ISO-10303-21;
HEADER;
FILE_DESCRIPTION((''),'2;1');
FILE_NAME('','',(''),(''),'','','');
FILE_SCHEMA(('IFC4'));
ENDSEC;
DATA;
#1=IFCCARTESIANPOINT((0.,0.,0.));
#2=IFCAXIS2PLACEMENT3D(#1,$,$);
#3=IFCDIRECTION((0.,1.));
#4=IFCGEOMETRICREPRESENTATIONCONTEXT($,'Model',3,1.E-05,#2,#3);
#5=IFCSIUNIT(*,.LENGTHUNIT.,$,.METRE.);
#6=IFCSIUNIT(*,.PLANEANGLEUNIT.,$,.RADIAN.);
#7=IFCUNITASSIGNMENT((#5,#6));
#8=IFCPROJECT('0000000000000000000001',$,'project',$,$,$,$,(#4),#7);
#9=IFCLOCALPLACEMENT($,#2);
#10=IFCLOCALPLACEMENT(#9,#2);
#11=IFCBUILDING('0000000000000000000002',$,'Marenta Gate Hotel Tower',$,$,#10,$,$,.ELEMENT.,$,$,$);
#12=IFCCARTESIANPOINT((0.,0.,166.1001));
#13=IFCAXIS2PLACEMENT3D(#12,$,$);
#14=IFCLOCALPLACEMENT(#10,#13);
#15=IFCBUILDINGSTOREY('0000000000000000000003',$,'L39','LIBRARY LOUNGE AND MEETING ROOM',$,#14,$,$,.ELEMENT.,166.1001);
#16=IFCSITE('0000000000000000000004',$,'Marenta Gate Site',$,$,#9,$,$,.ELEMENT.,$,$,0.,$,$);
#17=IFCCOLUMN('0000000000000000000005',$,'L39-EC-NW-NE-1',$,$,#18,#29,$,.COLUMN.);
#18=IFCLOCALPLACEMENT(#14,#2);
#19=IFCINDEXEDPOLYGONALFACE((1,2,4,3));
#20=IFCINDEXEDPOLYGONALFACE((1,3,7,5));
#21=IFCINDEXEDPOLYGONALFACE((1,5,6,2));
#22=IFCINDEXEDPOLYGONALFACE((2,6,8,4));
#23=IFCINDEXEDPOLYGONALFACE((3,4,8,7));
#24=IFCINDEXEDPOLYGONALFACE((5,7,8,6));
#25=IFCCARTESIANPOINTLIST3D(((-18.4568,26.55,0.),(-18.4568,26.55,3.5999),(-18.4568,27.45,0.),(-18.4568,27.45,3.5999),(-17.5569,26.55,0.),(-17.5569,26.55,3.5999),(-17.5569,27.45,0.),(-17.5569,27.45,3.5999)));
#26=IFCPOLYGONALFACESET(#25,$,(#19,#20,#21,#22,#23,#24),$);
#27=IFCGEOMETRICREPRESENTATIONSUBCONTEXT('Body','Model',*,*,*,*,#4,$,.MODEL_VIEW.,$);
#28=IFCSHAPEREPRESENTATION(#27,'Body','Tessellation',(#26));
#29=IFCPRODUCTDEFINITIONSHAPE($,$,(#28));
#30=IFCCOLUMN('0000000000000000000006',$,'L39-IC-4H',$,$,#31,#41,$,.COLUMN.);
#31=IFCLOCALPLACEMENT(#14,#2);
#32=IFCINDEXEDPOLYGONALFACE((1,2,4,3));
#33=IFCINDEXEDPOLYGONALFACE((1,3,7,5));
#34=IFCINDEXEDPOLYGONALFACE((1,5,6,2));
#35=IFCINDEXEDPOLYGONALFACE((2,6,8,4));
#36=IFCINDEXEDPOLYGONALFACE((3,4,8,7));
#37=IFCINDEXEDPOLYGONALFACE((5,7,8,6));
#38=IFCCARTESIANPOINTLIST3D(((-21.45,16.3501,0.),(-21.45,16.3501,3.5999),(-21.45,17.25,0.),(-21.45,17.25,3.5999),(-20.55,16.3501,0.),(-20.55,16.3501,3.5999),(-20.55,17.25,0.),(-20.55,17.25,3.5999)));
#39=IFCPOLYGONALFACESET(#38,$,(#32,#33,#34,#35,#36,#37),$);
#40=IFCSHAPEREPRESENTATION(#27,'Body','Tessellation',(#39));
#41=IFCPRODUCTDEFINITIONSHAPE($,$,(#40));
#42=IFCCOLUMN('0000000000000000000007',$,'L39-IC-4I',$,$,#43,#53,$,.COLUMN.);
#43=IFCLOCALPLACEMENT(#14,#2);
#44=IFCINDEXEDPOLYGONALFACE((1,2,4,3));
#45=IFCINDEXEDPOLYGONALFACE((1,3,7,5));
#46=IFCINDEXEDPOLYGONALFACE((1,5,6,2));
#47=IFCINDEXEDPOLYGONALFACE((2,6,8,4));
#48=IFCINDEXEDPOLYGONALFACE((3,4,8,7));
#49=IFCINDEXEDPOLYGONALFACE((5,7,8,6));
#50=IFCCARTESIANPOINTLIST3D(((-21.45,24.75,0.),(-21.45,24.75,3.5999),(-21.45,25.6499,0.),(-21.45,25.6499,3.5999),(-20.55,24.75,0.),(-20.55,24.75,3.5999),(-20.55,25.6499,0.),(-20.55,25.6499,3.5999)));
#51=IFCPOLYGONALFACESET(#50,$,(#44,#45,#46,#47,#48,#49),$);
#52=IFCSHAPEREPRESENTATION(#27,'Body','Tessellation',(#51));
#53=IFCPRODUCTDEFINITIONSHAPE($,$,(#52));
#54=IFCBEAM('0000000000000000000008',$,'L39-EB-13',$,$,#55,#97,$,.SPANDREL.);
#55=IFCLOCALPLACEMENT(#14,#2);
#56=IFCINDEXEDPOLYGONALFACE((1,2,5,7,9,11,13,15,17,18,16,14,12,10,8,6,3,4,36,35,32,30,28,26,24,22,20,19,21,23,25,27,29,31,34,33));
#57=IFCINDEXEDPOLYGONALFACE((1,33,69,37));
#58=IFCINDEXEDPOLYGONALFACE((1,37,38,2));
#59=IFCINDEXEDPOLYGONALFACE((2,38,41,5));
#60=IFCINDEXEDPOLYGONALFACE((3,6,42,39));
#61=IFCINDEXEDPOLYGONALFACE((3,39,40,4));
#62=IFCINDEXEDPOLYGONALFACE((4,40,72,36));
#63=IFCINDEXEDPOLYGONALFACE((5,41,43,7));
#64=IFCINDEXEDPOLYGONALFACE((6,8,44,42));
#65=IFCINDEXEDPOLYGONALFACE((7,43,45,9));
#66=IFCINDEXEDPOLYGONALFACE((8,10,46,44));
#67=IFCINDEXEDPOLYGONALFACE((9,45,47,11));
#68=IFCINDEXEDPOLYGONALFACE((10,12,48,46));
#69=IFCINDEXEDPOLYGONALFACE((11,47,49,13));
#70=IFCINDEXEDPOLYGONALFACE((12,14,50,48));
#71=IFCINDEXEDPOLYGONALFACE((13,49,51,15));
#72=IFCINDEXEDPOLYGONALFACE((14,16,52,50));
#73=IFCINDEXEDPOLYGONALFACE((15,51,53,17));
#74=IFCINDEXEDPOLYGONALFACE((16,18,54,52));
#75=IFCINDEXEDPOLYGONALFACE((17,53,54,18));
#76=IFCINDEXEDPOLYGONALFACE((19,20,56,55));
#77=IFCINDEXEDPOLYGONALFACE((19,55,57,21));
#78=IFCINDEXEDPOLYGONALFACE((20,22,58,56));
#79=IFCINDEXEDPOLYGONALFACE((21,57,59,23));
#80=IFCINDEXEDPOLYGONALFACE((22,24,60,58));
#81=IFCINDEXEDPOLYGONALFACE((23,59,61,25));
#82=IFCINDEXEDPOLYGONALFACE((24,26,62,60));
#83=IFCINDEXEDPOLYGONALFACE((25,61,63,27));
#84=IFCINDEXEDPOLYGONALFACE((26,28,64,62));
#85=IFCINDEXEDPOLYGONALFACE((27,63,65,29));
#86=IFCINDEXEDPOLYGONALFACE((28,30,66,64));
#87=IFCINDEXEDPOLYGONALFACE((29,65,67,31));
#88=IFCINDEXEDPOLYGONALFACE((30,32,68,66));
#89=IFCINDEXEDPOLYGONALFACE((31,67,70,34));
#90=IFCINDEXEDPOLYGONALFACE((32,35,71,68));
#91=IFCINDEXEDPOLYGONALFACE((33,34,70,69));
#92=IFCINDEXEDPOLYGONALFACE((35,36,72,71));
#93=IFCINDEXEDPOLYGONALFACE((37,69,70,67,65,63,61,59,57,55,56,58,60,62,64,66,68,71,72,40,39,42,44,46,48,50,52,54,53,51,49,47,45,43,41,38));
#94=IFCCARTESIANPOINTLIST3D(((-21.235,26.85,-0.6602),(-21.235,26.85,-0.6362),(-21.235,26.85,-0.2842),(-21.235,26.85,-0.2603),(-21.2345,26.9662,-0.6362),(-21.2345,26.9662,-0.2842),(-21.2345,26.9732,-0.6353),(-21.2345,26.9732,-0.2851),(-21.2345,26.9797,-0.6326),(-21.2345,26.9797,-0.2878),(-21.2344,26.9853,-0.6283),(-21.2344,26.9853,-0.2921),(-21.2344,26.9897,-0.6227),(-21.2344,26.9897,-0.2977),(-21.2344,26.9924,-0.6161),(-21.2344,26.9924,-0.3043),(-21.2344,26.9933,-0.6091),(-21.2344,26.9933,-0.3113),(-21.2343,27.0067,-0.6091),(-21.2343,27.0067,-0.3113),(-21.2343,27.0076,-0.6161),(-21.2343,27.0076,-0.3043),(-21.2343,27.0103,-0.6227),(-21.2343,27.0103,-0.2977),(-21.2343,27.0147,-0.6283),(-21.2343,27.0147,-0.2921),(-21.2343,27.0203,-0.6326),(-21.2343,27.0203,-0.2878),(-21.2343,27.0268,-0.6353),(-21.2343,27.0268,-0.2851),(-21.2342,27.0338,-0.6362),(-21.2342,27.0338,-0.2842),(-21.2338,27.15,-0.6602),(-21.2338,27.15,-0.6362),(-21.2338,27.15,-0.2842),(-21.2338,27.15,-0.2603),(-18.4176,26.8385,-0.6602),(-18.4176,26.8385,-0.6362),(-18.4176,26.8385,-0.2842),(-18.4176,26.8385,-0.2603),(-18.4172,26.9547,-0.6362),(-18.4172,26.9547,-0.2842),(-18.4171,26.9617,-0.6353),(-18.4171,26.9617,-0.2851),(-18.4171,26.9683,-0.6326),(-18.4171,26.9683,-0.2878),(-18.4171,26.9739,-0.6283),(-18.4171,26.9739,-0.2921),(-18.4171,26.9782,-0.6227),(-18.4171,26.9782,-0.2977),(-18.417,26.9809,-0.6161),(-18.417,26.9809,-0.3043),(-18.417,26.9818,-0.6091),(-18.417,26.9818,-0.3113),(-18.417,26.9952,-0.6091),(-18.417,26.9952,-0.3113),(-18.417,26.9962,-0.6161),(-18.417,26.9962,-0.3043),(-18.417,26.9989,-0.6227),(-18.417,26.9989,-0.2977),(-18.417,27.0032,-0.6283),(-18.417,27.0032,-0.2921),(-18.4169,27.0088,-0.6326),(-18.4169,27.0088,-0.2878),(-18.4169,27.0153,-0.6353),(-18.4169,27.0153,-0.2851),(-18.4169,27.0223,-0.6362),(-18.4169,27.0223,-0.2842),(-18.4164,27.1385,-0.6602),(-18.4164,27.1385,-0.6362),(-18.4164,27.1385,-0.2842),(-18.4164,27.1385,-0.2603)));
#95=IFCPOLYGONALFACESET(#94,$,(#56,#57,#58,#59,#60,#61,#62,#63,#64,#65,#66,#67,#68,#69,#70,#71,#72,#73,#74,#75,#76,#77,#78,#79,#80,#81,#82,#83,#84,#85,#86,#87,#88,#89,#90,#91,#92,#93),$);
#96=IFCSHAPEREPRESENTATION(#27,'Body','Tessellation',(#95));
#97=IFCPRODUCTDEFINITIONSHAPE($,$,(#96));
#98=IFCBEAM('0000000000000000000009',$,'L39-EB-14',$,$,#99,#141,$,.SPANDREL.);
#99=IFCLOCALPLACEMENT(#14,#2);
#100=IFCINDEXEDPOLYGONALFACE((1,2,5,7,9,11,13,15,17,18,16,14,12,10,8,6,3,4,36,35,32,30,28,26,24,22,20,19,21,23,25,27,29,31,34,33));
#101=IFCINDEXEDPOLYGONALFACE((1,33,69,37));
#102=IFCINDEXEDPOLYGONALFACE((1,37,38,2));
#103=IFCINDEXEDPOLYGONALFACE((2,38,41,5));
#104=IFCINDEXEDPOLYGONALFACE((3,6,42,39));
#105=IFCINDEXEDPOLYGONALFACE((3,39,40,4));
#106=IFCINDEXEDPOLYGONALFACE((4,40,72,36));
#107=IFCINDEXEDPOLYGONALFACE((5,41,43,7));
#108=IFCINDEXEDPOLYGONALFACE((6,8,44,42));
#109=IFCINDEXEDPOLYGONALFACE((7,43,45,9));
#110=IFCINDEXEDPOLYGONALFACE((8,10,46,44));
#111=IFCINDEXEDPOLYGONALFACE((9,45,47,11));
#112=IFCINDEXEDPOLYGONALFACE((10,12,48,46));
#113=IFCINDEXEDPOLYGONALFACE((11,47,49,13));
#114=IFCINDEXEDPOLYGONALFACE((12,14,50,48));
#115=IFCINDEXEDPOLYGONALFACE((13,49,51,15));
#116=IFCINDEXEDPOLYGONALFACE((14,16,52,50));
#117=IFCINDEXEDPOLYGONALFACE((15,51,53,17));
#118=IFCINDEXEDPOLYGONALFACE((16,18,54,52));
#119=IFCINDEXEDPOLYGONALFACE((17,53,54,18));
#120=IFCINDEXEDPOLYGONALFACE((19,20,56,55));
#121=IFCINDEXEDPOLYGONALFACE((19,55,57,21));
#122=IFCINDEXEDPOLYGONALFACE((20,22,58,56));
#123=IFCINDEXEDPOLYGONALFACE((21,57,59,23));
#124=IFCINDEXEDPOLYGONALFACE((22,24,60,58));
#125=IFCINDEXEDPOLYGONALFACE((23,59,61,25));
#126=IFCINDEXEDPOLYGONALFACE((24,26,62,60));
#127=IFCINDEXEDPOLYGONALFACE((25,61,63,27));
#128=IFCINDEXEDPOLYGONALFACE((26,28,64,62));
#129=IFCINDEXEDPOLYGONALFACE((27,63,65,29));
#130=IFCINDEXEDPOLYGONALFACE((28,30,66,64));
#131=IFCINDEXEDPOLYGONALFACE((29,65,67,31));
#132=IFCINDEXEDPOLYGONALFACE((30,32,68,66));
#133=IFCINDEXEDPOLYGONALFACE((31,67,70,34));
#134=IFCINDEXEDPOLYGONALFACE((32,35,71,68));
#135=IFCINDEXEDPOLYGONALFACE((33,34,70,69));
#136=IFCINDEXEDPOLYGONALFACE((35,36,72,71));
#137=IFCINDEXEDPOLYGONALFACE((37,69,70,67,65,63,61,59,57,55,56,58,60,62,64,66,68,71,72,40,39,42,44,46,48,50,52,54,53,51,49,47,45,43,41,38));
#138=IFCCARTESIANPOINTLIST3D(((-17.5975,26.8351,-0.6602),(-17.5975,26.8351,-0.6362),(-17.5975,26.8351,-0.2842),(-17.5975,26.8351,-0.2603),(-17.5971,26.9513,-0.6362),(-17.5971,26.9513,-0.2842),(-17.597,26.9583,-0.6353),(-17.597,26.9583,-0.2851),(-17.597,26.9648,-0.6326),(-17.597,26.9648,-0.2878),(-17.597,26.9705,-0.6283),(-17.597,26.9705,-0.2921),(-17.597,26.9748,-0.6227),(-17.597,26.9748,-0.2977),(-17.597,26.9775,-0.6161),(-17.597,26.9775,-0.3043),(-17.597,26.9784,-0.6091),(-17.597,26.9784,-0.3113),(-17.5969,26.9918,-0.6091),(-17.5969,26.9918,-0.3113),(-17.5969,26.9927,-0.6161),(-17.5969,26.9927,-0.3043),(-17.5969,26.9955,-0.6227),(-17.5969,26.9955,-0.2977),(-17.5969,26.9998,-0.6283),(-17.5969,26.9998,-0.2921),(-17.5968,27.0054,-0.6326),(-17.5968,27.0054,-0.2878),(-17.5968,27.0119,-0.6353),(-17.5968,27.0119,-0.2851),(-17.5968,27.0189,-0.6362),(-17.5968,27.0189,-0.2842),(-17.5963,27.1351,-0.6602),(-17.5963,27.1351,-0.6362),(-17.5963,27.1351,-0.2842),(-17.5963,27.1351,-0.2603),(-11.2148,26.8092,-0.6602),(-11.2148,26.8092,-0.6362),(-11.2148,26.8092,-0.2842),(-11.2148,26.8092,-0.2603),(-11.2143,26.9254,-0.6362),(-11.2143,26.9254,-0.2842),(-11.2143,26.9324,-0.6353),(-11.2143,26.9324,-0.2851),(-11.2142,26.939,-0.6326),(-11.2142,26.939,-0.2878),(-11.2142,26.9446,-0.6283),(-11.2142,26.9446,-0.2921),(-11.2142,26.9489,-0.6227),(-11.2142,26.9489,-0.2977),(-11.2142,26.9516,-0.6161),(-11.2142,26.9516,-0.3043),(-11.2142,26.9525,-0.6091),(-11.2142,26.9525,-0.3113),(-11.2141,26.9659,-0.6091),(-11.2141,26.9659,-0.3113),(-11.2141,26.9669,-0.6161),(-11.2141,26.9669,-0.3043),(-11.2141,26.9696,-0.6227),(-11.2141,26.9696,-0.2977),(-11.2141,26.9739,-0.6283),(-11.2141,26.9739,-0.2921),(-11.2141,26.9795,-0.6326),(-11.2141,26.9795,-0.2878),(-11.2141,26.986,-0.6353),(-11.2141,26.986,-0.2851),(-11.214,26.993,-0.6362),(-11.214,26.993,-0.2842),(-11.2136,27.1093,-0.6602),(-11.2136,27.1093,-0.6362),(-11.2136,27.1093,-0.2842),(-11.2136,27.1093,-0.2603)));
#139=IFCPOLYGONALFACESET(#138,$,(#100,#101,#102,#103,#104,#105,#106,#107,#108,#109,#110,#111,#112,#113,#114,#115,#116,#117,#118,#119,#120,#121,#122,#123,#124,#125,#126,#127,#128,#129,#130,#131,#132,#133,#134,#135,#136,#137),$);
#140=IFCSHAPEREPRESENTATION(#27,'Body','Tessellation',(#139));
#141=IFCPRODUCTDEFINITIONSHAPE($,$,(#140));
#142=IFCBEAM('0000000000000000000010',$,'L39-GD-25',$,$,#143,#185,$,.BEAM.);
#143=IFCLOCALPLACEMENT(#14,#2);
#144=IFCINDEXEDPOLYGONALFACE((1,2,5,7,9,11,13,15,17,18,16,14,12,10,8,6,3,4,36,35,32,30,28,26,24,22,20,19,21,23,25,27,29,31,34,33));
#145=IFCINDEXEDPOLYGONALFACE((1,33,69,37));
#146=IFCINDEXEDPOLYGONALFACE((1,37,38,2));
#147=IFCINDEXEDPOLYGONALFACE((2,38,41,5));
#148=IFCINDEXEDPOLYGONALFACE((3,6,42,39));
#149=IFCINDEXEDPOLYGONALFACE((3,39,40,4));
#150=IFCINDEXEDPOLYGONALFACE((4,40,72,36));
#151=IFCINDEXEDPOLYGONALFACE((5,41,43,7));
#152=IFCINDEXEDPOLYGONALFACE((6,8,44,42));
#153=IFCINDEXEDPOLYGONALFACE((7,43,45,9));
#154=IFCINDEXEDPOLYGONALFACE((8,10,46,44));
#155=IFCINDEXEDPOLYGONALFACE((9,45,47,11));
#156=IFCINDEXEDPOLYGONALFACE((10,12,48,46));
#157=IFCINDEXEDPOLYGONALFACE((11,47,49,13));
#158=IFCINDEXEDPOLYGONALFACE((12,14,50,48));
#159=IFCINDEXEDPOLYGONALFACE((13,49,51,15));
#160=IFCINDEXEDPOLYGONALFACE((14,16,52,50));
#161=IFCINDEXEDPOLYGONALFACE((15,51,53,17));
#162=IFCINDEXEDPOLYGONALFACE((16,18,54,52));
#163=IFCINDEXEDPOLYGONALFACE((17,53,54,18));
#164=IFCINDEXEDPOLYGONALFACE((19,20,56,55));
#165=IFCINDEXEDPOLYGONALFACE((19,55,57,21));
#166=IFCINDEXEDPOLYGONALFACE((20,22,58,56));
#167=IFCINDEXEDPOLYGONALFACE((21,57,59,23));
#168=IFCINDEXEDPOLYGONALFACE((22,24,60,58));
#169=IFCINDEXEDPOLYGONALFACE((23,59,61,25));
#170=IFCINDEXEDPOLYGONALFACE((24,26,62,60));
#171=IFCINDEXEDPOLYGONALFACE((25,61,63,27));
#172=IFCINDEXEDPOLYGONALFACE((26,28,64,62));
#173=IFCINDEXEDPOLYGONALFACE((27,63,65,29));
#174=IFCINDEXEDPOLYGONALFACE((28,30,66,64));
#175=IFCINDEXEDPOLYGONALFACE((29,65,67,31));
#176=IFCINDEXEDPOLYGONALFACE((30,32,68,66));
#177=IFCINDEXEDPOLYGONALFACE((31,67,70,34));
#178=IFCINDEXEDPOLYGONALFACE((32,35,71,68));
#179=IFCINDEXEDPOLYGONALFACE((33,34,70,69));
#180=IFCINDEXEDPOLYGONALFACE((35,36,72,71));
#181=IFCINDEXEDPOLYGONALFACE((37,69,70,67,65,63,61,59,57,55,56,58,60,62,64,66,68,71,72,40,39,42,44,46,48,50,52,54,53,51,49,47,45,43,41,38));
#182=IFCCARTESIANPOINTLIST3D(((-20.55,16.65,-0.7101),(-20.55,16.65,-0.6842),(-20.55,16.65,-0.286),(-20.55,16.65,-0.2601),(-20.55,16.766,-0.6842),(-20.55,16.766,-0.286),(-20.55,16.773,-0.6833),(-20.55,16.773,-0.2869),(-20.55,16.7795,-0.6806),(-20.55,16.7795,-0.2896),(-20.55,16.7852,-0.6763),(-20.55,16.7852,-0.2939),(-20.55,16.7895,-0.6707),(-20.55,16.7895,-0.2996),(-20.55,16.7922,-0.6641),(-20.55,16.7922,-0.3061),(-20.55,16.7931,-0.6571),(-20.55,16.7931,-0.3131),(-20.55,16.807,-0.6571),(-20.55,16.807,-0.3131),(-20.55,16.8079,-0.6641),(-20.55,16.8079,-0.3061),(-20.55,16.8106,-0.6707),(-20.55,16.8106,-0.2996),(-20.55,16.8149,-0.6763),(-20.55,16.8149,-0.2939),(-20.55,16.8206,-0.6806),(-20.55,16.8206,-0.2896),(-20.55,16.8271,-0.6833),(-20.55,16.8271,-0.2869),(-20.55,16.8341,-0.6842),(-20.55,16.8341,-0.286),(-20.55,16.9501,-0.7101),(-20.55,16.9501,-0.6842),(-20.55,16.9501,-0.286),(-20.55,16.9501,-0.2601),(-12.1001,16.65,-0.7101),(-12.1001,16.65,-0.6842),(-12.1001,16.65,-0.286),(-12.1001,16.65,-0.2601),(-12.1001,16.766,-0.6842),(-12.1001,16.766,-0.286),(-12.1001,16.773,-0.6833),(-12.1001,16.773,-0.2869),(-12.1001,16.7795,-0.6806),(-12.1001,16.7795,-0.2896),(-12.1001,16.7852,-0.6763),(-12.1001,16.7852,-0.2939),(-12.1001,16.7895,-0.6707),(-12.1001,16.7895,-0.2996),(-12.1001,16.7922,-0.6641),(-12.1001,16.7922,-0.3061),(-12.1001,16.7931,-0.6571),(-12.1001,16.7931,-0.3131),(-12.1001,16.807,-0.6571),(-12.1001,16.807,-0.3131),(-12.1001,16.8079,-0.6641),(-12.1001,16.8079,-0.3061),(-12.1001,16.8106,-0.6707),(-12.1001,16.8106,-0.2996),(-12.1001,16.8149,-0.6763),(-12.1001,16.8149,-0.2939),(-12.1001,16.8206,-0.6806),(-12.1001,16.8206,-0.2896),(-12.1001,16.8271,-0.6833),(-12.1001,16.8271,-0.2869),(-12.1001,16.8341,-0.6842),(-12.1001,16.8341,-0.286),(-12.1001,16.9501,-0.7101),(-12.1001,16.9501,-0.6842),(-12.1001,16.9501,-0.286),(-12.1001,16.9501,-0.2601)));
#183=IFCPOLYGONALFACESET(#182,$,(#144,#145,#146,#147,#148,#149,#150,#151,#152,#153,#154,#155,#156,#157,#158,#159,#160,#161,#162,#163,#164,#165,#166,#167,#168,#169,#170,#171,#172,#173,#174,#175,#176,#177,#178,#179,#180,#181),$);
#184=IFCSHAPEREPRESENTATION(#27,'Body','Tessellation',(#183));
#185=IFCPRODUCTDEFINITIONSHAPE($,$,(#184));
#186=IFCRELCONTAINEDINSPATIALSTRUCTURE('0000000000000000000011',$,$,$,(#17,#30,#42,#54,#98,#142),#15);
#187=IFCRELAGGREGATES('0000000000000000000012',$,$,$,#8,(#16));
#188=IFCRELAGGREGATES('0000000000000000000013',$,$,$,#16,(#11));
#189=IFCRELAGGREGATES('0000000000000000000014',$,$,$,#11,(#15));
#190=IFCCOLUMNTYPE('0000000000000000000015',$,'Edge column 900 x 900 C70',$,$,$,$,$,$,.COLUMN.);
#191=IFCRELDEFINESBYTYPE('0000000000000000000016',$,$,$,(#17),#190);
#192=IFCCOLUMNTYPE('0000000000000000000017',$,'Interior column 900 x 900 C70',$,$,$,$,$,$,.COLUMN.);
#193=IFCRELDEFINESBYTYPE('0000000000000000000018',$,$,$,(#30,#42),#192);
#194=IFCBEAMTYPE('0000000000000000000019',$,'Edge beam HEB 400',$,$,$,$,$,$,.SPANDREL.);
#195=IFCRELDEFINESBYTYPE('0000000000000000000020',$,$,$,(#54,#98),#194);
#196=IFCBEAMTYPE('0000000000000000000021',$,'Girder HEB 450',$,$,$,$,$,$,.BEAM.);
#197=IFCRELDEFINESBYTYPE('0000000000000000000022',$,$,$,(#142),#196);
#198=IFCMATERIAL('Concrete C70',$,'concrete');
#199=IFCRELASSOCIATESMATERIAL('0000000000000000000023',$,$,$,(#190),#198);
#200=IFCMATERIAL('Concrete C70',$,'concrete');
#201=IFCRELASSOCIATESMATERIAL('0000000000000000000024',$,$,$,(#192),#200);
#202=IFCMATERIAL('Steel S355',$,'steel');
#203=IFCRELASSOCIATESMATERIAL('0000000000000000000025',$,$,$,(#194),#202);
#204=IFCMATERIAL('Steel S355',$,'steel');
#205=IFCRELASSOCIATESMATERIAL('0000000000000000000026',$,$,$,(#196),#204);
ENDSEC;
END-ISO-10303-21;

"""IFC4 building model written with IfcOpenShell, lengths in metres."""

from ifc_helpers import new_model, si_unit, direction, frame, origin, origin_2d, place, context, subcontext, project, spatial, rectangle, i_section, extrude, material, material_profile, profile_set, type_object, element, save


model = new_model("IFC4")

# Units and contexts
model_context = context("Model", 3, precision=1e-05, world=origin(), true_north=direction((0.0, 1.0)))
body_context = subcontext(model_context, "Body", "Model", "MODEL_VIEW")
ifc_project = project(units=[si_unit("LENGTHUNIT", "METRE"), si_unit("PLANEANGLEUNIT", "RADIAN")], contexts=[model_context])

# Site, building, storey
site_placement = place(None, origin())
site = spatial("IfcSite", under=ifc_project, at=site_placement, Name="Marenta Gate Site", CompositionType="ELEMENT", RefElevation=0.0)
building_placement = place(site_placement, origin())
building = spatial("IfcBuilding", under=site, at=building_placement, Name="Marenta Gate Hotel Tower", CompositionType="ELEMENT")
storey_placement = place(building_placement, frame((0.0, 0.0, 166.1001)))
storey = spatial("IfcBuildingStorey", under=building, at=storey_placement, Name="L39", Description="LIBRARY LOUNGE AND MEETING ROOM", CompositionType="ELEMENT", Elevation=166.1001)

# Columns
ifc_material_1 = material(Name="Concrete C70", Category="concrete")
ifc_material_profile_1 = material_profile(ifc_material_1, rectangle(XDim=0.8999, YDim=0.8999, at=origin_2d()), Name="900 x 900")
ifc_profile_set_1 = profile_set([ifc_material_profile_1], Name="Concrete C70")
column_type_1 = type_object("IfcColumnType", Name="Edge column 900 x 900 C70", PredefinedType="COLUMN", material=ifc_profile_set_1)
column_placement = place(storey_placement, frame((-18.0068, 27.0, 0.0), z_axis=(0.0, 0.0, 1.0), x_axis=(1.0, 0.0, 0.0)))
element("IfcColumn", 1, at=column_placement, inside=storey, type_object=column_type_1, Name="L39-EC-NW-NE-1", PredefinedType="COLUMN", context=body_context, shape_type="SweptSolid", body=[
    extrude(rectangle(XDim=0.8999, YDim=0.8999, at=origin_2d()), origin(), (0.0, 0.0, 1.0), 3.5999),
])
ifc_material_2 = material(Name="Concrete C70", Category="concrete")
ifc_material_profile_2 = material_profile(ifc_material_2, rectangle(XDim=0.8999, YDim=0.8999, at=origin_2d()), Name="900 x 900")
ifc_profile_set_2 = profile_set([ifc_material_profile_2], Name="Concrete C70")
column_type_2 = type_object("IfcColumnType", Name="Interior column 900 x 900 C70", PredefinedType="COLUMN", material=ifc_profile_set_2)
for number, where, z_axis, x_axis, name in (
    (2, (-21.0, 16.8, 0.0), (0.0, 0.0, 1.0), (1.0, 0.0, 0.0), "L39-IC-4H"),
    (3, (-21.0, 25.2, 0.0), (0.0, 0.0, 1.0), (1.0, 0.0, 0.0), "L39-IC-4I"),
):
    element("IfcColumn", number, at=place(storey_placement, frame(where, z_axis=z_axis, x_axis=x_axis)), inside=storey, type_object=column_type_2, Name=name, PredefinedType="COLUMN", context=body_context, shape_type="SweptSolid", body=[
        extrude(rectangle(XDim=0.8999, YDim=0.8999, at=origin_2d()), origin(), (0.0, 0.0, 1.0), 3.5999),
    ])

# Beams
ifc_material_3 = material(Name="Steel S355", Category="steel")
ifc_material_profile_3 = material_profile(ifc_material_3, i_section(OverallWidth=0.3, OverallDepth=0.3999, WebThickness=0.0134, FlangeThickness=0.0239, FilletRadius=0.0271, at=origin_2d()), Name="HEB 400")
ifc_profile_set_3 = profile_set([ifc_material_profile_3], Name="Steel S355")
beam_type_1 = type_object("IfcBeamType", Name="Edge beam HEB 400", PredefinedType="SPANDREL", material=ifc_profile_set_3)
beam_1_placement = place(storey_placement, frame((-21.2344, 27.0, -0.4602), z_axis=(0.999992, -0.004073, 0.0), x_axis=(0.004073, 0.999992, 0.0)))
element("IfcBeam", 4, at=beam_1_placement, inside=storey, type_object=beam_type_1, Name="L39-EB-13", PredefinedType="SPANDREL", context=body_context, shape_type="SweptSolid", body=[
    extrude(i_section(OverallWidth=0.3, OverallDepth=0.3999, WebThickness=0.0134, FlangeThickness=0.0239, FilletRadius=0.0271, at=origin_2d()), origin(), (0.0, 0.0, 1.0), 2.8174),
])
beam_2_placement = place(storey_placement, frame((-17.5969, 26.9851, -0.4602), z_axis=(0.999992, -0.004054, 0.0), x_axis=(0.004054, 0.999992, 0.0)))
element("IfcBeam", 5, at=beam_2_placement, inside=storey, type_object=beam_type_1, Name="L39-EB-14", PredefinedType="SPANDREL", context=body_context, shape_type="SweptSolid", body=[
    extrude(i_section(OverallWidth=0.3, OverallDepth=0.3999, WebThickness=0.0134, FlangeThickness=0.0239, FilletRadius=0.0271, at=origin_2d()), origin(), (0.0, 0.0, 1.0), 6.3828),
])
ifc_material_4 = material(Name="Steel S355", Category="steel")
ifc_material_profile_4 = material_profile(ifc_material_4, i_section(OverallWidth=0.3, OverallDepth=0.45, WebThickness=0.0139, FlangeThickness=0.0259, FilletRadius=0.0271, at=origin_2d()), Name="HEB 450")
ifc_profile_set_4 = profile_set([ifc_material_profile_4], Name="Steel S355")
beam_type_2 = type_object("IfcBeamType", Name="Girder HEB 450", PredefinedType="BEAM", material=ifc_profile_set_4)
beam_3_placement = place(storey_placement, frame((-20.55, 16.8, -0.4851), z_axis=(1.0, 0.0, 0.0), x_axis=(0.0, 1.0, 0.0)))
element("IfcBeam", 6, at=beam_3_placement, inside=storey, type_object=beam_type_2, Name="L39-GD-25", PredefinedType="BEAM", context=body_context, shape_type="SweptSolid", body=[
    extrude(i_section(OverallWidth=0.3, OverallDepth=0.45, WebThickness=0.0139, FlangeThickness=0.0259, FilletRadius=0.0271, at=origin_2d()), origin(), (0.0, 0.0, 1.0), 8.45),
])

save(model, "model.ifc")
